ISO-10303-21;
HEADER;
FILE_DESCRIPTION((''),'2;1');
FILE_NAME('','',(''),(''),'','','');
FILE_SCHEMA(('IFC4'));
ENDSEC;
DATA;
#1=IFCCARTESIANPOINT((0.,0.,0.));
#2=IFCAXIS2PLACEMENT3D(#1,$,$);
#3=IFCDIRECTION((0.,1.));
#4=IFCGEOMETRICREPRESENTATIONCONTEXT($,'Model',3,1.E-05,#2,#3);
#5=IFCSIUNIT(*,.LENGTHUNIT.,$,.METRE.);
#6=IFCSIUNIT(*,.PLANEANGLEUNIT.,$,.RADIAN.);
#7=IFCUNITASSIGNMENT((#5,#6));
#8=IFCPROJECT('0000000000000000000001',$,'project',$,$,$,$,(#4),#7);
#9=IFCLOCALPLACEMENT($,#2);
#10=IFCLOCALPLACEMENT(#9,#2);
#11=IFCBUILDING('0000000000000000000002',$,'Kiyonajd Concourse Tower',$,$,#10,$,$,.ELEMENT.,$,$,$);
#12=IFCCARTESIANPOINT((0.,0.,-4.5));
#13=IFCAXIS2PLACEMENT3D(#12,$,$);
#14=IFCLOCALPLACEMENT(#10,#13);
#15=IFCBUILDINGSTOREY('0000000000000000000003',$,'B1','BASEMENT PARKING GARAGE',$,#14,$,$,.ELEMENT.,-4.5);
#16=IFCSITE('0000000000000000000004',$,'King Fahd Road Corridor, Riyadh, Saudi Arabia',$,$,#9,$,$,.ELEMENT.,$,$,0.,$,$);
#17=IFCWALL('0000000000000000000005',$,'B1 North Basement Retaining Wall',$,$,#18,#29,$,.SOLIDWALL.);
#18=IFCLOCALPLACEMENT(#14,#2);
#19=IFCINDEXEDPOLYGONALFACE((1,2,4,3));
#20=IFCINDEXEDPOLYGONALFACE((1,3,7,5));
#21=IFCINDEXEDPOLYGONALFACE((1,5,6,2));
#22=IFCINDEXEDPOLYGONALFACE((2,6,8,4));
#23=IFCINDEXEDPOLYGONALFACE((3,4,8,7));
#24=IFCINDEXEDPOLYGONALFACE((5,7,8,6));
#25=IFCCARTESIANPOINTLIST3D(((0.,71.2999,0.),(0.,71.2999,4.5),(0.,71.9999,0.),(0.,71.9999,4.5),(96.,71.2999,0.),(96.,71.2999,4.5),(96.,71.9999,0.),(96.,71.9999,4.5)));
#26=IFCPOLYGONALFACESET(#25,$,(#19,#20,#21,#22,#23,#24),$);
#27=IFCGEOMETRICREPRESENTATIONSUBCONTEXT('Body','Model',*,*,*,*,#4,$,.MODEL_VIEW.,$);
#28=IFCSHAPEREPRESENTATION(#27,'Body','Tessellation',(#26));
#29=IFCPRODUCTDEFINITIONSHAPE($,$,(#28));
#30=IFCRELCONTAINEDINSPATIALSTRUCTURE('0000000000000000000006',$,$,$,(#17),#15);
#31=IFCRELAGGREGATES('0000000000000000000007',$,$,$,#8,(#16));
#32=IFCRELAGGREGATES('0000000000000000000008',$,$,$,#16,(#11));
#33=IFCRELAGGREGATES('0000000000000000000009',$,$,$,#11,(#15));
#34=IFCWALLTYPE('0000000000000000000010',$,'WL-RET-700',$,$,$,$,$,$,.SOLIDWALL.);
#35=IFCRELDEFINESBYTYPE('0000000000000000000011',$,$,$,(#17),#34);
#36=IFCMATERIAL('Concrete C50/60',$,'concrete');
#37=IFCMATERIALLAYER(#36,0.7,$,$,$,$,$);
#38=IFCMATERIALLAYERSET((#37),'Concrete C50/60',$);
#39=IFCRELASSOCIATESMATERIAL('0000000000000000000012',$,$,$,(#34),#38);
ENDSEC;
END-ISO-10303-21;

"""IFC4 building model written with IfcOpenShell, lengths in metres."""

from ifc_helpers import new_model, si_unit, direction, frame, frame_2d, origin, place, context, subcontext, project, spatial, rectangle, extrude, material, layer, layer_set, type_object, element, save


model = new_model("IFC4")

# Units and contexts
model_context = context("Model", 3, precision=1e-05, world=origin(), true_north=direction((0.0, 1.0)))
body_context = subcontext(model_context, "Body", "Model", "MODEL_VIEW")
ifc_project = project(units=[si_unit("LENGTHUNIT", "METRE"), si_unit("PLANEANGLEUNIT", "RADIAN")], contexts=[model_context])

# Site, building, storey
site_placement = place(None, origin())
site = spatial("IfcSite", under=ifc_project, at=site_placement, Name="King Fahd Road Corridor, Riyadh, Saudi Arabia", CompositionType="ELEMENT", RefElevation=0.0)
building_placement = place(site_placement, origin())
building = spatial("IfcBuilding", under=site, at=building_placement, Name="Kiyonajd Concourse Tower", CompositionType="ELEMENT")
storey_placement = place(building_placement, frame((0.0, 0.0, -4.5)))
storey = spatial("IfcBuildingStorey", under=building, at=storey_placement, Name="B1", Description="BASEMENT PARKING GARAGE", CompositionType="ELEMENT", Elevation=-4.5)

# Wall
ifc_material_1 = material(Name="Concrete C50/60", Category="concrete")
ifc_layer = layer(ifc_material_1, 0.7)
ifc_layer_set = layer_set([ifc_layer], Name="Concrete C50/60")
wall_type = type_object("IfcWallType", Name="WL-RET-700", PredefinedType="SOLIDWALL", material=ifc_layer_set)
wall_placement = place(storey_placement, frame((96.0, 71.6499, 0.0), z_axis=(0.0, 0.0, 1.0), x_axis=(-1.0, 0.0, 0.0)))
element("IfcWall", 1, at=wall_placement, inside=storey, type_object=wall_type, Name="B1 North Basement Retaining Wall", PredefinedType="SOLIDWALL", context=body_context, shape_type="SweptSolid", body=[
    extrude(rectangle(XDim=96.0, YDim=0.7, at=frame_2d((48.0, 0.0))), origin(), (0.0, 0.0, 1.0), 4.5),
])

save(model, "model.ifc")
